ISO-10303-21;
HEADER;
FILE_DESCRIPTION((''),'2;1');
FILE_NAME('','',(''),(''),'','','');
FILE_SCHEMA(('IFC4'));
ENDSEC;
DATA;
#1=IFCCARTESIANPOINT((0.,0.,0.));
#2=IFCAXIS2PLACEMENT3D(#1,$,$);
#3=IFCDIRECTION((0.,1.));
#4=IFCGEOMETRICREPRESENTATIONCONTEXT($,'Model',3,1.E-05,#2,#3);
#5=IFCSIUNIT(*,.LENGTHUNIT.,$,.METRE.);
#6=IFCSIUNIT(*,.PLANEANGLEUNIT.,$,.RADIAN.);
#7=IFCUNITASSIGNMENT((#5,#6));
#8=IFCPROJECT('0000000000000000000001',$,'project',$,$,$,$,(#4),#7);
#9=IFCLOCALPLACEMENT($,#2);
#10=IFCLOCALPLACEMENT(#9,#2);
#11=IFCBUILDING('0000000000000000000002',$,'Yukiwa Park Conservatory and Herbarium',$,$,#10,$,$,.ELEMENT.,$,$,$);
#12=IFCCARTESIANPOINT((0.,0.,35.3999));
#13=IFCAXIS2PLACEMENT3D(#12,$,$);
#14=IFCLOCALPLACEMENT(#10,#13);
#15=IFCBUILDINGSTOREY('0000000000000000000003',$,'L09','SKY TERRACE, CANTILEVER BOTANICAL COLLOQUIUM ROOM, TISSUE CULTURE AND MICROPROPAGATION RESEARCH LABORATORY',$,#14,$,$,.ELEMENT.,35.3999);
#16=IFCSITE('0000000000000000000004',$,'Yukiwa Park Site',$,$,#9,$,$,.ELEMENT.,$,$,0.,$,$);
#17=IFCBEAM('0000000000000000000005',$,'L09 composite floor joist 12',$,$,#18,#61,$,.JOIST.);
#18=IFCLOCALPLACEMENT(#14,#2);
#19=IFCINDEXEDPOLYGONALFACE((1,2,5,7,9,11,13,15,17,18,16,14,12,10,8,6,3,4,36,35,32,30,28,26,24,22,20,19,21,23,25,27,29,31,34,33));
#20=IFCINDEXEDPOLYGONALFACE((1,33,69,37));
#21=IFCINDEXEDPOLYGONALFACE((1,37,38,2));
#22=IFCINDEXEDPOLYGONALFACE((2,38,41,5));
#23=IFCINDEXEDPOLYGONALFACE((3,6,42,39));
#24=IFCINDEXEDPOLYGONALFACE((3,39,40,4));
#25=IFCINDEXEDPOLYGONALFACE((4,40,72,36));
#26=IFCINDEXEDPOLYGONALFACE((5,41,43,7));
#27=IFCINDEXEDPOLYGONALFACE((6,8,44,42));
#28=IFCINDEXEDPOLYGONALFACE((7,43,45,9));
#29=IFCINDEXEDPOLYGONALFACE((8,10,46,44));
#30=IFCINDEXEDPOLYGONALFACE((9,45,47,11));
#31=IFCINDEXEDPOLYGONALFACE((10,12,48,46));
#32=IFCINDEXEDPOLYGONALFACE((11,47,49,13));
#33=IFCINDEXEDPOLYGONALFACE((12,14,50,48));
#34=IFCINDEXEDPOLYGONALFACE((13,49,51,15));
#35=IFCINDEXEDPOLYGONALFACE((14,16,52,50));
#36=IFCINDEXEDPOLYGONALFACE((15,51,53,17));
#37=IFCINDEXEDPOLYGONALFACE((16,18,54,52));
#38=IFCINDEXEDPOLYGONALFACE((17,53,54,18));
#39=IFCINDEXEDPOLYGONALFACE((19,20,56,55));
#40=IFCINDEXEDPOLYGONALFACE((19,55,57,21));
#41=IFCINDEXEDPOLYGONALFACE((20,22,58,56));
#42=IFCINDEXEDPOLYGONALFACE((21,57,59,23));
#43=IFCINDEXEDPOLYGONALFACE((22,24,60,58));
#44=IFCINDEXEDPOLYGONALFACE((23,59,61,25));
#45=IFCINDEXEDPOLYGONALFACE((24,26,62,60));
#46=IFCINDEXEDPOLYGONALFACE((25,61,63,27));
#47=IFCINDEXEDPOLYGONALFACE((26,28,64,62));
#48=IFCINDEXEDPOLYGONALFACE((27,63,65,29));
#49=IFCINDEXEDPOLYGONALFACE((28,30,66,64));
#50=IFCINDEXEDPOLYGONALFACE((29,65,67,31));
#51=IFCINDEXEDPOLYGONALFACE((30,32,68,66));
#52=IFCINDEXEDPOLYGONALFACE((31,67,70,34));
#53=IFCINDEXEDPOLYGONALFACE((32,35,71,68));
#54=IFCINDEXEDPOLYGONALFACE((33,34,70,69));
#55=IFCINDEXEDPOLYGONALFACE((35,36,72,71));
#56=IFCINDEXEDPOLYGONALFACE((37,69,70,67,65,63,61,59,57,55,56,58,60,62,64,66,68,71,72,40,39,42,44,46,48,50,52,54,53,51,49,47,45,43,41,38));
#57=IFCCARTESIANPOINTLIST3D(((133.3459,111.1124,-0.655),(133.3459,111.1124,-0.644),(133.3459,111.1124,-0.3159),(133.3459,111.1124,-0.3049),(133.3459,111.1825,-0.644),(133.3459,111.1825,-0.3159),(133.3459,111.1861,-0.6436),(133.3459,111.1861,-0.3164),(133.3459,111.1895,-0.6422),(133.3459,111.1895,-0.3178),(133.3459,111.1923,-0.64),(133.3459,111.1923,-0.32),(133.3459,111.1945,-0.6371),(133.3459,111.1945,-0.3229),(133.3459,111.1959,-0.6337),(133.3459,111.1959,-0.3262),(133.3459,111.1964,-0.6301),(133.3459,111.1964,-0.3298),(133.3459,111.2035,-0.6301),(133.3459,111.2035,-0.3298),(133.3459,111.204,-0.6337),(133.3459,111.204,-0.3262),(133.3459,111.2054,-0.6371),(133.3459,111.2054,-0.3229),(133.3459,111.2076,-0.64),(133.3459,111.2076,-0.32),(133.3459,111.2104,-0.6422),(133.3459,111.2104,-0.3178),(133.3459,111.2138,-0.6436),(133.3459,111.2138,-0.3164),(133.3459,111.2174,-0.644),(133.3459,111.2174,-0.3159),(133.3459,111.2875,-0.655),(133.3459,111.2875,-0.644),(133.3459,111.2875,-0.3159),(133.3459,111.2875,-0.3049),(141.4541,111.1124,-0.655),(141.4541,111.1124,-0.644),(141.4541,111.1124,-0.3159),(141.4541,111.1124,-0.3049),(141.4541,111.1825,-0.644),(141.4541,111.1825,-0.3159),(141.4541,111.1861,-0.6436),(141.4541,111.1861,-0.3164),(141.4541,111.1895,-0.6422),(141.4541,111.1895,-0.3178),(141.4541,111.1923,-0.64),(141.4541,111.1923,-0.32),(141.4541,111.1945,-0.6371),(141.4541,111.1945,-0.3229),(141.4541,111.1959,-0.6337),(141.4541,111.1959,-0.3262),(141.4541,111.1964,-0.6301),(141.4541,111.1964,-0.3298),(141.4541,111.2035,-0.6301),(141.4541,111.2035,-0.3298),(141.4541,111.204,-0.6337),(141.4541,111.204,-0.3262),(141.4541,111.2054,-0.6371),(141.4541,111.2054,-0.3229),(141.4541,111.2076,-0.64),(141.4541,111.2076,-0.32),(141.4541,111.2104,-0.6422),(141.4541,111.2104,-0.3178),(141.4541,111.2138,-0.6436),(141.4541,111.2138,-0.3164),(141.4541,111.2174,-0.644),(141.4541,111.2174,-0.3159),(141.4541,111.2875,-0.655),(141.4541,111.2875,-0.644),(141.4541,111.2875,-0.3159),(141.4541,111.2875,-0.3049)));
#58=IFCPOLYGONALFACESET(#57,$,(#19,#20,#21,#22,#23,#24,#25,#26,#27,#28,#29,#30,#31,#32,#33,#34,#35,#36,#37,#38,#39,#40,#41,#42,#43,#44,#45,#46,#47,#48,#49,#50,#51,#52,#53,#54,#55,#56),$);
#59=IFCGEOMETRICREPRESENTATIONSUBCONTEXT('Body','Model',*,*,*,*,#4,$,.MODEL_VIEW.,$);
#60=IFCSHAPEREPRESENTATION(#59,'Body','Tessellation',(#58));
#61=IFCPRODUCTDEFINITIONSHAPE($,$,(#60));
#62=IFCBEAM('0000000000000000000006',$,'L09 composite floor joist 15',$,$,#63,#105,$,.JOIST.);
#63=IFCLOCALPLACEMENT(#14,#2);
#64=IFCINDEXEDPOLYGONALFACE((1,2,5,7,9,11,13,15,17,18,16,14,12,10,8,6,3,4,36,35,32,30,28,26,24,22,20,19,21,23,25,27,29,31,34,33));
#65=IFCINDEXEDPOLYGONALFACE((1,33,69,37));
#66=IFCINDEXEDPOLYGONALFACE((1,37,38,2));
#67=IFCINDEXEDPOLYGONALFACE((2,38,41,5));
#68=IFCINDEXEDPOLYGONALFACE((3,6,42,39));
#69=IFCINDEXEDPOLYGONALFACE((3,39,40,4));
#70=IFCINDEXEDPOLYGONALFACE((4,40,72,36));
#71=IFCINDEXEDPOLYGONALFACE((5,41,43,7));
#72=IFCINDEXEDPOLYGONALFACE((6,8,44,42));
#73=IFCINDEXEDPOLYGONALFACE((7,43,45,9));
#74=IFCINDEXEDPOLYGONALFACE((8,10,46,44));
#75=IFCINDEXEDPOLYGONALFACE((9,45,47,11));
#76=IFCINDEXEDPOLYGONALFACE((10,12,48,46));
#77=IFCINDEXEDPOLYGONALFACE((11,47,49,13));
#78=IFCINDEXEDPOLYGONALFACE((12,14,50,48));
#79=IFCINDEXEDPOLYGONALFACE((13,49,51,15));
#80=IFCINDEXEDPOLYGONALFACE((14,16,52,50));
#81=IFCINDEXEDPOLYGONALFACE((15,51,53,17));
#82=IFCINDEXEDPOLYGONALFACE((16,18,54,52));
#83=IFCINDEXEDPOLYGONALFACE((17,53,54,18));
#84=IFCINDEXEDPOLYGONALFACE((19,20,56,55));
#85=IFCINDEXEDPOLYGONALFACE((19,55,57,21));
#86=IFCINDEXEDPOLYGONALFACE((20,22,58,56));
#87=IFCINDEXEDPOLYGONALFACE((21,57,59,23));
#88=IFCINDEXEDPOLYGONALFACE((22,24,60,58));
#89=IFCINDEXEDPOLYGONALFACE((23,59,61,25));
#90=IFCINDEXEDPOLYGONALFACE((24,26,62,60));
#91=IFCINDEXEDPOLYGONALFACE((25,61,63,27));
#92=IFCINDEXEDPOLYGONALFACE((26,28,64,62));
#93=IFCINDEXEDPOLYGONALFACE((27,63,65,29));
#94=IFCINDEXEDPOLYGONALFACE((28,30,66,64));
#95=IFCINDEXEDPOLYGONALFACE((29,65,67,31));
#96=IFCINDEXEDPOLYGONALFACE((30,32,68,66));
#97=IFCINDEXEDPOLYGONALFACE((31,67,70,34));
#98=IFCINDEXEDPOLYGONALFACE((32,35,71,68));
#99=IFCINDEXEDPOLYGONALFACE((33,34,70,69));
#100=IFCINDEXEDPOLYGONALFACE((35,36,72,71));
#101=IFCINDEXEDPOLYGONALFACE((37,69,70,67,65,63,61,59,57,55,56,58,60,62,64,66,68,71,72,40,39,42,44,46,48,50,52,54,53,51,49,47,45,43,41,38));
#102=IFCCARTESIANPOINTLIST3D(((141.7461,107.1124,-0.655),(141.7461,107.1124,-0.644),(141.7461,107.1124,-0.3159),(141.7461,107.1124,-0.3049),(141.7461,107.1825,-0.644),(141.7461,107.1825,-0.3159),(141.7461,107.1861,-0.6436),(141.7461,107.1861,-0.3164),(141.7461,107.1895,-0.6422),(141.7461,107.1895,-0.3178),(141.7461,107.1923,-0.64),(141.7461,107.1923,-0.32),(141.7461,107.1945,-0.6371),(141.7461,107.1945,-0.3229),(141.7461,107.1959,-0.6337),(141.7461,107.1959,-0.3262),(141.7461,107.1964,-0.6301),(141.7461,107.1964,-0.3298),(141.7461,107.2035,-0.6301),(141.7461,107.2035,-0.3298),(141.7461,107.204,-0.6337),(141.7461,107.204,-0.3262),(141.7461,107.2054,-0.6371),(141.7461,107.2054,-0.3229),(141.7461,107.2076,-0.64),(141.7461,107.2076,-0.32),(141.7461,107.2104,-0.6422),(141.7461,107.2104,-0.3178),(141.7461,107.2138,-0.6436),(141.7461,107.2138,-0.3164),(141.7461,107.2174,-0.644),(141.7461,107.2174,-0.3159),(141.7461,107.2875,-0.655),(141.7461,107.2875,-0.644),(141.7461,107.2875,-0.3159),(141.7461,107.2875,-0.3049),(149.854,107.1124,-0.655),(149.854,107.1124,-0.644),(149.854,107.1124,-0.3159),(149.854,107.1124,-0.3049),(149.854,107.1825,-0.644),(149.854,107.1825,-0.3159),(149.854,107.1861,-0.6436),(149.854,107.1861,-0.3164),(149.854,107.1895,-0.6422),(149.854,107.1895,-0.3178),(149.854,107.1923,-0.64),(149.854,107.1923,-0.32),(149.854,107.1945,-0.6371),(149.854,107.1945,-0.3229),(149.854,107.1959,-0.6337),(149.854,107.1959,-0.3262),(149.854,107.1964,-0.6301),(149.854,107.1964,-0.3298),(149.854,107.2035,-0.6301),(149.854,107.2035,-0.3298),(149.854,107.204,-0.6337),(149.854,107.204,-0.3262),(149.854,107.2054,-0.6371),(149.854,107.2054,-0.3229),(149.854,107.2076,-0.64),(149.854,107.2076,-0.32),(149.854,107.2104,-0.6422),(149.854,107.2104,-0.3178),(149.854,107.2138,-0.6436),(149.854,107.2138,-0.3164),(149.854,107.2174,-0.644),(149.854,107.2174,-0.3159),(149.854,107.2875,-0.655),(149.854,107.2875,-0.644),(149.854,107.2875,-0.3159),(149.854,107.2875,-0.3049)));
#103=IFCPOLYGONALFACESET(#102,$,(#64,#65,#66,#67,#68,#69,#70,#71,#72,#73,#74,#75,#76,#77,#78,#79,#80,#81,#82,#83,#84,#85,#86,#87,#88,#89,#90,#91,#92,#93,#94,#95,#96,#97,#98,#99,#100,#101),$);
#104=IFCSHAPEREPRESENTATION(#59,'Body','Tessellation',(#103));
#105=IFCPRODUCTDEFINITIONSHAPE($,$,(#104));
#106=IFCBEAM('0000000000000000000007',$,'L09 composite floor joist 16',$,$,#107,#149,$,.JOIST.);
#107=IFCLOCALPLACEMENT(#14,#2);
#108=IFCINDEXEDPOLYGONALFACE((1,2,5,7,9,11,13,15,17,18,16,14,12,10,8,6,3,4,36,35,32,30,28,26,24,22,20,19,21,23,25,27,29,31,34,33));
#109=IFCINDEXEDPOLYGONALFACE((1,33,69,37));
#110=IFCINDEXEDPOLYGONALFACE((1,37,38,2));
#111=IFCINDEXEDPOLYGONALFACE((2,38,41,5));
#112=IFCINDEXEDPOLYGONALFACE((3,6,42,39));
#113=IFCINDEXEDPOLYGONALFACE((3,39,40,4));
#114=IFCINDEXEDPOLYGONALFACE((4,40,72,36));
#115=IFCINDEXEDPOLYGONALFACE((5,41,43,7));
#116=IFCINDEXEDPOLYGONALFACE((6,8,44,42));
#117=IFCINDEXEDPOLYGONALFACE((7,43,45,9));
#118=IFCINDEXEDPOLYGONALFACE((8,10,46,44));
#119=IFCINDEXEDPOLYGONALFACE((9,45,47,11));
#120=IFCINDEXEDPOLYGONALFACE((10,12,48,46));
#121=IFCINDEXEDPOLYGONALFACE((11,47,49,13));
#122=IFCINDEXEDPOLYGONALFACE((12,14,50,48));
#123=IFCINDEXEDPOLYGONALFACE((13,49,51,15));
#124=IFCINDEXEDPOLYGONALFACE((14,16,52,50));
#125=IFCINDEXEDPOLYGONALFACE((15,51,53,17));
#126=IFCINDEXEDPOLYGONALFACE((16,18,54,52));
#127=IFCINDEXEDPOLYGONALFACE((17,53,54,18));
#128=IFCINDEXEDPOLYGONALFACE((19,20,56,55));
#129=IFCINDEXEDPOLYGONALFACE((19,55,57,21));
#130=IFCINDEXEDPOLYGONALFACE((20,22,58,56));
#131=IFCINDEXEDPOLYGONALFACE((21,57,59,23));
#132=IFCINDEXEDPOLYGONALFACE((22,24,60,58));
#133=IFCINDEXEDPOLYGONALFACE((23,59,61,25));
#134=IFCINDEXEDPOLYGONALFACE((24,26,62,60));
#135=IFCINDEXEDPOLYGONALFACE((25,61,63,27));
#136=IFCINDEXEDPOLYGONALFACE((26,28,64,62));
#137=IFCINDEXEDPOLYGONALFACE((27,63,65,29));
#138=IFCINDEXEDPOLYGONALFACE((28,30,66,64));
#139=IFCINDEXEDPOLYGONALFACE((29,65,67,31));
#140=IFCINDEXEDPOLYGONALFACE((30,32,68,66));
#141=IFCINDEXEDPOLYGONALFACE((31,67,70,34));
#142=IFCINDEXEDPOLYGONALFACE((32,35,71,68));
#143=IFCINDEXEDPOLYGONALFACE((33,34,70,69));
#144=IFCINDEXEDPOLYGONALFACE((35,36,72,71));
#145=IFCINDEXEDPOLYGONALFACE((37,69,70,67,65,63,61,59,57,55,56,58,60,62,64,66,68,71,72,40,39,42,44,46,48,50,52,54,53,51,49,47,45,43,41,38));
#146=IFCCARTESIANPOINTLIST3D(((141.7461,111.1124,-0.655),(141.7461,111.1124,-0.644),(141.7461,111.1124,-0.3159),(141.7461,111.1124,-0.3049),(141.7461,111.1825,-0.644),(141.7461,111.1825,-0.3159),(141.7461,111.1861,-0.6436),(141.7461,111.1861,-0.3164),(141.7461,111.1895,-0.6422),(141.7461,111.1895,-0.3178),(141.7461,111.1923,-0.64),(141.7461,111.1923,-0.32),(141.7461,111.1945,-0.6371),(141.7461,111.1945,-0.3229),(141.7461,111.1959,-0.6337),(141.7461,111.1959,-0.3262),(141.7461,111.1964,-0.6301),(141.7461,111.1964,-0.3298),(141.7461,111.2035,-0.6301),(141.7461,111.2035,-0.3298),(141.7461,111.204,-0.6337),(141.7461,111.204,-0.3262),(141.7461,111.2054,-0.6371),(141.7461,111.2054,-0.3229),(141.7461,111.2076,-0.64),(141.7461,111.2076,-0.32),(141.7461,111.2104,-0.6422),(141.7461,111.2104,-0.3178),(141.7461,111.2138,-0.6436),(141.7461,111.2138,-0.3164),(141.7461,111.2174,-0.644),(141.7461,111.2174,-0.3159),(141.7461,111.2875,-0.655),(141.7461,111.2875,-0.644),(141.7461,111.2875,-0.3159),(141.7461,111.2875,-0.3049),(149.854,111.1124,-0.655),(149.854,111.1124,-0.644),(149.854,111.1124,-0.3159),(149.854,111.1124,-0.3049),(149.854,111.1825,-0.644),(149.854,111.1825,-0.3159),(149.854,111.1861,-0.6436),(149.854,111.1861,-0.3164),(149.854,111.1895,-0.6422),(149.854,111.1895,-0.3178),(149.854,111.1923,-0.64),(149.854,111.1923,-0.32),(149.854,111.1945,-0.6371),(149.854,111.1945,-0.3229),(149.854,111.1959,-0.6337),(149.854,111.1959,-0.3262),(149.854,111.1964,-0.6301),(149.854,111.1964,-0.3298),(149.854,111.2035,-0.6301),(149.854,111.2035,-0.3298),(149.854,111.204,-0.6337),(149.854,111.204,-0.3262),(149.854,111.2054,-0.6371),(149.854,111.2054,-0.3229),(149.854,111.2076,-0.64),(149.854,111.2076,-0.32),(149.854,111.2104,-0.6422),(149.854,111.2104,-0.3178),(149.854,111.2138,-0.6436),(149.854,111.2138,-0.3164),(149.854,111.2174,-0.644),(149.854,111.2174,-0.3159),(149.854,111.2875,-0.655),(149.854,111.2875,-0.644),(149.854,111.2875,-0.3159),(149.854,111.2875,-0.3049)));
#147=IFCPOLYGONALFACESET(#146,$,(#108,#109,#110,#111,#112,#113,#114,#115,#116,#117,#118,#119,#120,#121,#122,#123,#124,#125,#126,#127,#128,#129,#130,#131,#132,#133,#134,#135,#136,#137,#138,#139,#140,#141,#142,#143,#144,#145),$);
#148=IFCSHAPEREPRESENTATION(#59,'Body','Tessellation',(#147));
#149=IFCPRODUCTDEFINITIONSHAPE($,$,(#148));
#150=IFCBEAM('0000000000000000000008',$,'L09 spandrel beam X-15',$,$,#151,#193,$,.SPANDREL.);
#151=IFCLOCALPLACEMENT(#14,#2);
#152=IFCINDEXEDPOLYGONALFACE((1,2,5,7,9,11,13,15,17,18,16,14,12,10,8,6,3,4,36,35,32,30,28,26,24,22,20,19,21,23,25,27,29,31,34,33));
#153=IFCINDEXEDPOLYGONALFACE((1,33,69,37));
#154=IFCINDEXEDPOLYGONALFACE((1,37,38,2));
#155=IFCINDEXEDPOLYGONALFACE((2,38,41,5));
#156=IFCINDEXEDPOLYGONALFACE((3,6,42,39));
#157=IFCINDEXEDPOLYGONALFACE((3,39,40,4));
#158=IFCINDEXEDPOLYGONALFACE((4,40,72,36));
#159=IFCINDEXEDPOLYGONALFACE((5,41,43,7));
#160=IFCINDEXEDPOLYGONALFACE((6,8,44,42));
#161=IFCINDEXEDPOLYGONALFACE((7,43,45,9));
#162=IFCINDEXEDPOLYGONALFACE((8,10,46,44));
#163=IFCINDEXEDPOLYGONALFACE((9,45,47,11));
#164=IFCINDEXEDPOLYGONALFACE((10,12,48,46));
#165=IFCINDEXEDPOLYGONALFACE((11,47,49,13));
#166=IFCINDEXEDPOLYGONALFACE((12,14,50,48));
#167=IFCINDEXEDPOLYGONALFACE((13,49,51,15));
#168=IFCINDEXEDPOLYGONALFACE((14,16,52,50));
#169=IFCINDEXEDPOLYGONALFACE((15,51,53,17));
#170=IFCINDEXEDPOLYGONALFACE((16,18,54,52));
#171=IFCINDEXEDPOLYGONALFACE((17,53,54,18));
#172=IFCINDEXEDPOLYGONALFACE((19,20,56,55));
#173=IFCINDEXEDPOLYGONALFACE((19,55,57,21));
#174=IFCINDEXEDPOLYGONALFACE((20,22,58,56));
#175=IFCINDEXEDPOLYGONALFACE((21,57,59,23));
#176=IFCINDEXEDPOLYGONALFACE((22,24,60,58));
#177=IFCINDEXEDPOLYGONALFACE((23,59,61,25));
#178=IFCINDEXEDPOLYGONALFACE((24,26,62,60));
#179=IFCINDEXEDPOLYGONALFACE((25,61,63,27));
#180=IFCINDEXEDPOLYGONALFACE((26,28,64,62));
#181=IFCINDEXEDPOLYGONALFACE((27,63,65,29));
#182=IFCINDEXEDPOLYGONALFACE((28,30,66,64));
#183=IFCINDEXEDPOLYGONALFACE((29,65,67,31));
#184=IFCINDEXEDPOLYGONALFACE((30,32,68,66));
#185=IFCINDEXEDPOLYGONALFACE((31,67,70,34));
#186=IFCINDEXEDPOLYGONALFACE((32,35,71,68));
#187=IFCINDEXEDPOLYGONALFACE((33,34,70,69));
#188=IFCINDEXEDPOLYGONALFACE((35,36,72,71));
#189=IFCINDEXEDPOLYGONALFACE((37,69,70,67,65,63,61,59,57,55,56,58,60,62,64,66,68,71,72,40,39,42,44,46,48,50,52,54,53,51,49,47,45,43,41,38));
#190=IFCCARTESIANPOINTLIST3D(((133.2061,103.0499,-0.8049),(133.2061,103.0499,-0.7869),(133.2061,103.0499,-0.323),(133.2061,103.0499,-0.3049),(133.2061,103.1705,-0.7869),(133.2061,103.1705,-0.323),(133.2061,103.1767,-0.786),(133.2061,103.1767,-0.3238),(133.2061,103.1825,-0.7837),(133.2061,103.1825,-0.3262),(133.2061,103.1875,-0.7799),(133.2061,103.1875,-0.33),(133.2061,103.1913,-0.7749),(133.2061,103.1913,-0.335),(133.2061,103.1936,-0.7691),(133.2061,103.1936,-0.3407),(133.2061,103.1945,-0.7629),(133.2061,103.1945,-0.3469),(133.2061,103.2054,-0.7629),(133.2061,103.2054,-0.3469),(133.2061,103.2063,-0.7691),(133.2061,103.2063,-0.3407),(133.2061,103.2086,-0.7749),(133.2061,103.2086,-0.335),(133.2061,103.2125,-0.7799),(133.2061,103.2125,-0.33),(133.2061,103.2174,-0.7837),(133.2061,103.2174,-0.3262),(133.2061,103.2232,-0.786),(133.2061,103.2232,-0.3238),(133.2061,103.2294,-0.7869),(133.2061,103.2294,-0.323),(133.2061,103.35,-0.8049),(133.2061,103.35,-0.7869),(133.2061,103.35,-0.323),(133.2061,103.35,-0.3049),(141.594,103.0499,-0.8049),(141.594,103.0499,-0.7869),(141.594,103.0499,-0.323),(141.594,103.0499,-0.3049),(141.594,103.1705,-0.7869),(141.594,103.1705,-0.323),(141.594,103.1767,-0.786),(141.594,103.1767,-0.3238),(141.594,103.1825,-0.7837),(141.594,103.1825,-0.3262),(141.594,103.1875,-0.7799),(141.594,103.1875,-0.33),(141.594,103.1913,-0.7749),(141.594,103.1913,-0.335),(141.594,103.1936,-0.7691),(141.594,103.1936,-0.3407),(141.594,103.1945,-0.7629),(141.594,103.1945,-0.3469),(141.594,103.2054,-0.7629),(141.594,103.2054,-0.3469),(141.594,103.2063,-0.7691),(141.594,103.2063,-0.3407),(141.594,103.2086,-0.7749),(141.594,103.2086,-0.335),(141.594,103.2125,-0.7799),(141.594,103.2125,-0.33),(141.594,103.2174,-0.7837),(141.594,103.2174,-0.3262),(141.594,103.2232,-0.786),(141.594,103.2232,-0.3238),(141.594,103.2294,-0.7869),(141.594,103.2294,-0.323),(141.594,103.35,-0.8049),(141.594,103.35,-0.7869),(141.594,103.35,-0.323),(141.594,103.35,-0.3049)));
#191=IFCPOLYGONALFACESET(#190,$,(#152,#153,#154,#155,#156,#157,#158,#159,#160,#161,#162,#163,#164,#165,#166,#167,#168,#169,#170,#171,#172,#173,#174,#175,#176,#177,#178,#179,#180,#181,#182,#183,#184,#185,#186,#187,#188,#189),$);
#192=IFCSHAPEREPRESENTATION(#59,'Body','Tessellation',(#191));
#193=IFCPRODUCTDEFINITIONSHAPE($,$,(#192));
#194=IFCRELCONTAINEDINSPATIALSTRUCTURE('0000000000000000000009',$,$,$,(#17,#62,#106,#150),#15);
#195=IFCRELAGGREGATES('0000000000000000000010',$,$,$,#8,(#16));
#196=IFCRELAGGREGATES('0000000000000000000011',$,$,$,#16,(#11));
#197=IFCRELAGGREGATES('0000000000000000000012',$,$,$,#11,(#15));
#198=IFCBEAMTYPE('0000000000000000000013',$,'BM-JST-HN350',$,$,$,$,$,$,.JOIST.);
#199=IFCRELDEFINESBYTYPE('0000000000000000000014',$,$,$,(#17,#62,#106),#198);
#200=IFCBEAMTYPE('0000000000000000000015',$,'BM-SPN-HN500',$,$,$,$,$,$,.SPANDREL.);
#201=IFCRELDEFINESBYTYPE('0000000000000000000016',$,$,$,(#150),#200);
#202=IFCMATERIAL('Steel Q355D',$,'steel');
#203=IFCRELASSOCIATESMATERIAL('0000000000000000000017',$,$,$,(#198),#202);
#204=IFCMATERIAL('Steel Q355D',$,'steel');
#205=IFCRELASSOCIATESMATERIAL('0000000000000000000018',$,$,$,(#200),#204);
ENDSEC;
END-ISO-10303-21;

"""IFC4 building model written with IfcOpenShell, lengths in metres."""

from ifc_helpers import new_model, si_unit, direction, frame, origin, origin_2d, place, context, subcontext, project, spatial, i_section, extrude, material, material_profile, profile_set, type_object, element, save


model = new_model("IFC4")

# Units and contexts
model_context = context("Model", 3, precision=1e-05, world=origin(), true_north=direction((0.0, 1.0)))
body_context = subcontext(model_context, "Body", "Model", "MODEL_VIEW")
ifc_project = project(units=[si_unit("LENGTHUNIT", "METRE"), si_unit("PLANEANGLEUNIT", "RADIAN")], contexts=[model_context])

# Site, building, storey
site_placement = place(None, origin())
site = spatial("IfcSite", under=ifc_project, at=site_placement, Name="Yukiwa Park Site", CompositionType="ELEMENT", RefElevation=0.0)
building_placement = place(site_placement, origin())
building = spatial("IfcBuilding", under=site, at=building_placement, Name="Yukiwa Park Conservatory and Herbarium", CompositionType="ELEMENT")
storey_placement = place(building_placement, frame((0.0, 0.0, 35.3999)))
storey = spatial("IfcBuildingStorey", under=building, at=storey_placement, Name="L09", Description="SKY TERRACE, CANTILEVER BOTANICAL COLLOQUIUM ROOM, TISSUE CULTURE AND MICROPROPAGATION RESEARCH LABORATORY", CompositionType="ELEMENT", Elevation=35.3999)

# Beams
ifc_material_1 = material(Name="Steel Q355D", Category="steel")
ifc_material_profile_1 = material_profile(ifc_material_1, i_section(OverallWidth=0.175, OverallDepth=0.3501, WebThickness=0.0071, FlangeThickness=0.011, FilletRadius=0.0139, at=origin_2d()), Name="HN 350x175x7x11")
ifc_profile_set_1 = profile_set([ifc_material_profile_1], Name="Steel Q355D")
beam_type_1 = type_object("IfcBeamType", Name="BM-JST-HN350", PredefinedType="JOIST", material=ifc_profile_set_1)
for number, where, z_axis, x_axis, name in (
    (1, (133.3459, 111.2, -0.48), (1.0, 0.0, 0.0), (0.0, 1.0, 0.0), "L09 composite floor joist 12"),
):
    element("IfcBeam", number, at=place(storey_placement, frame(where, z_axis=z_axis, x_axis=x_axis)), inside=storey, type_object=beam_type_1, Name=name, PredefinedType="JOIST", context=body_context, shape_type="SweptSolid", body=[
        extrude(i_section(OverallWidth=0.175, OverallDepth=0.3501, WebThickness=0.0071, FlangeThickness=0.011, FilletRadius=0.0139, at=origin_2d()), origin(), (0.0, 0.0, 1.0), 8.1082),
    ])
for number, where, z_axis, x_axis, name in (
    (2, (141.7461, 107.2, -0.48), (1.0, 0.0, 0.0), (0.0, 1.0, 0.0), "L09 composite floor joist 15"),
    (3, (141.7461, 111.2, -0.48), (1.0, 0.0, 0.0), (0.0, 1.0, 0.0), "L09 composite floor joist 16"),
):
    element("IfcBeam", number, at=place(storey_placement, frame(where, z_axis=z_axis, x_axis=x_axis)), inside=storey, type_object=beam_type_1, Name=name, PredefinedType="JOIST", context=body_context, shape_type="SweptSolid", body=[
        extrude(i_section(OverallWidth=0.175, OverallDepth=0.3501, WebThickness=0.0071, FlangeThickness=0.011, FilletRadius=0.0139, at=origin_2d()), origin(), (0.0, 0.0, 1.0), 8.1079),
    ])
ifc_material_2 = material(Name="Steel Q355D", Category="steel")
ifc_material_profile_2 = material_profile(ifc_material_2, i_section(OverallWidth=0.3, OverallDepth=0.5, WebThickness=0.011, FlangeThickness=0.0181, FilletRadius=0.0239, at=origin_2d()), Name="HM 500x300x11x18")
ifc_profile_set_2 = profile_set([ifc_material_profile_2], Name="Steel Q355D")
beam_type_2 = type_object("IfcBeamType", Name="BM-SPN-HN500", PredefinedType="SPANDREL", material=ifc_profile_set_2)
for number, where, z_axis, x_axis, name in (
    (4, (133.2061, 103.2, -0.5549), (1.0, 0.0, 0.0), (0.0, 1.0, 0.0), "L09 spandrel beam X-15"),
):
    element("IfcBeam", number, at=place(storey_placement, frame(where, z_axis=z_axis, x_axis=x_axis)), inside=storey, type_object=beam_type_2, Name=name, PredefinedType="SPANDREL", context=body_context, shape_type="SweptSolid", body=[
        extrude(i_section(OverallWidth=0.3, OverallDepth=0.5, WebThickness=0.011, FlangeThickness=0.0181, FilletRadius=0.0239, at=origin_2d()), origin(), (0.0, 0.0, 1.0), 8.3879),
    ])

save(model, "model.ifc")
